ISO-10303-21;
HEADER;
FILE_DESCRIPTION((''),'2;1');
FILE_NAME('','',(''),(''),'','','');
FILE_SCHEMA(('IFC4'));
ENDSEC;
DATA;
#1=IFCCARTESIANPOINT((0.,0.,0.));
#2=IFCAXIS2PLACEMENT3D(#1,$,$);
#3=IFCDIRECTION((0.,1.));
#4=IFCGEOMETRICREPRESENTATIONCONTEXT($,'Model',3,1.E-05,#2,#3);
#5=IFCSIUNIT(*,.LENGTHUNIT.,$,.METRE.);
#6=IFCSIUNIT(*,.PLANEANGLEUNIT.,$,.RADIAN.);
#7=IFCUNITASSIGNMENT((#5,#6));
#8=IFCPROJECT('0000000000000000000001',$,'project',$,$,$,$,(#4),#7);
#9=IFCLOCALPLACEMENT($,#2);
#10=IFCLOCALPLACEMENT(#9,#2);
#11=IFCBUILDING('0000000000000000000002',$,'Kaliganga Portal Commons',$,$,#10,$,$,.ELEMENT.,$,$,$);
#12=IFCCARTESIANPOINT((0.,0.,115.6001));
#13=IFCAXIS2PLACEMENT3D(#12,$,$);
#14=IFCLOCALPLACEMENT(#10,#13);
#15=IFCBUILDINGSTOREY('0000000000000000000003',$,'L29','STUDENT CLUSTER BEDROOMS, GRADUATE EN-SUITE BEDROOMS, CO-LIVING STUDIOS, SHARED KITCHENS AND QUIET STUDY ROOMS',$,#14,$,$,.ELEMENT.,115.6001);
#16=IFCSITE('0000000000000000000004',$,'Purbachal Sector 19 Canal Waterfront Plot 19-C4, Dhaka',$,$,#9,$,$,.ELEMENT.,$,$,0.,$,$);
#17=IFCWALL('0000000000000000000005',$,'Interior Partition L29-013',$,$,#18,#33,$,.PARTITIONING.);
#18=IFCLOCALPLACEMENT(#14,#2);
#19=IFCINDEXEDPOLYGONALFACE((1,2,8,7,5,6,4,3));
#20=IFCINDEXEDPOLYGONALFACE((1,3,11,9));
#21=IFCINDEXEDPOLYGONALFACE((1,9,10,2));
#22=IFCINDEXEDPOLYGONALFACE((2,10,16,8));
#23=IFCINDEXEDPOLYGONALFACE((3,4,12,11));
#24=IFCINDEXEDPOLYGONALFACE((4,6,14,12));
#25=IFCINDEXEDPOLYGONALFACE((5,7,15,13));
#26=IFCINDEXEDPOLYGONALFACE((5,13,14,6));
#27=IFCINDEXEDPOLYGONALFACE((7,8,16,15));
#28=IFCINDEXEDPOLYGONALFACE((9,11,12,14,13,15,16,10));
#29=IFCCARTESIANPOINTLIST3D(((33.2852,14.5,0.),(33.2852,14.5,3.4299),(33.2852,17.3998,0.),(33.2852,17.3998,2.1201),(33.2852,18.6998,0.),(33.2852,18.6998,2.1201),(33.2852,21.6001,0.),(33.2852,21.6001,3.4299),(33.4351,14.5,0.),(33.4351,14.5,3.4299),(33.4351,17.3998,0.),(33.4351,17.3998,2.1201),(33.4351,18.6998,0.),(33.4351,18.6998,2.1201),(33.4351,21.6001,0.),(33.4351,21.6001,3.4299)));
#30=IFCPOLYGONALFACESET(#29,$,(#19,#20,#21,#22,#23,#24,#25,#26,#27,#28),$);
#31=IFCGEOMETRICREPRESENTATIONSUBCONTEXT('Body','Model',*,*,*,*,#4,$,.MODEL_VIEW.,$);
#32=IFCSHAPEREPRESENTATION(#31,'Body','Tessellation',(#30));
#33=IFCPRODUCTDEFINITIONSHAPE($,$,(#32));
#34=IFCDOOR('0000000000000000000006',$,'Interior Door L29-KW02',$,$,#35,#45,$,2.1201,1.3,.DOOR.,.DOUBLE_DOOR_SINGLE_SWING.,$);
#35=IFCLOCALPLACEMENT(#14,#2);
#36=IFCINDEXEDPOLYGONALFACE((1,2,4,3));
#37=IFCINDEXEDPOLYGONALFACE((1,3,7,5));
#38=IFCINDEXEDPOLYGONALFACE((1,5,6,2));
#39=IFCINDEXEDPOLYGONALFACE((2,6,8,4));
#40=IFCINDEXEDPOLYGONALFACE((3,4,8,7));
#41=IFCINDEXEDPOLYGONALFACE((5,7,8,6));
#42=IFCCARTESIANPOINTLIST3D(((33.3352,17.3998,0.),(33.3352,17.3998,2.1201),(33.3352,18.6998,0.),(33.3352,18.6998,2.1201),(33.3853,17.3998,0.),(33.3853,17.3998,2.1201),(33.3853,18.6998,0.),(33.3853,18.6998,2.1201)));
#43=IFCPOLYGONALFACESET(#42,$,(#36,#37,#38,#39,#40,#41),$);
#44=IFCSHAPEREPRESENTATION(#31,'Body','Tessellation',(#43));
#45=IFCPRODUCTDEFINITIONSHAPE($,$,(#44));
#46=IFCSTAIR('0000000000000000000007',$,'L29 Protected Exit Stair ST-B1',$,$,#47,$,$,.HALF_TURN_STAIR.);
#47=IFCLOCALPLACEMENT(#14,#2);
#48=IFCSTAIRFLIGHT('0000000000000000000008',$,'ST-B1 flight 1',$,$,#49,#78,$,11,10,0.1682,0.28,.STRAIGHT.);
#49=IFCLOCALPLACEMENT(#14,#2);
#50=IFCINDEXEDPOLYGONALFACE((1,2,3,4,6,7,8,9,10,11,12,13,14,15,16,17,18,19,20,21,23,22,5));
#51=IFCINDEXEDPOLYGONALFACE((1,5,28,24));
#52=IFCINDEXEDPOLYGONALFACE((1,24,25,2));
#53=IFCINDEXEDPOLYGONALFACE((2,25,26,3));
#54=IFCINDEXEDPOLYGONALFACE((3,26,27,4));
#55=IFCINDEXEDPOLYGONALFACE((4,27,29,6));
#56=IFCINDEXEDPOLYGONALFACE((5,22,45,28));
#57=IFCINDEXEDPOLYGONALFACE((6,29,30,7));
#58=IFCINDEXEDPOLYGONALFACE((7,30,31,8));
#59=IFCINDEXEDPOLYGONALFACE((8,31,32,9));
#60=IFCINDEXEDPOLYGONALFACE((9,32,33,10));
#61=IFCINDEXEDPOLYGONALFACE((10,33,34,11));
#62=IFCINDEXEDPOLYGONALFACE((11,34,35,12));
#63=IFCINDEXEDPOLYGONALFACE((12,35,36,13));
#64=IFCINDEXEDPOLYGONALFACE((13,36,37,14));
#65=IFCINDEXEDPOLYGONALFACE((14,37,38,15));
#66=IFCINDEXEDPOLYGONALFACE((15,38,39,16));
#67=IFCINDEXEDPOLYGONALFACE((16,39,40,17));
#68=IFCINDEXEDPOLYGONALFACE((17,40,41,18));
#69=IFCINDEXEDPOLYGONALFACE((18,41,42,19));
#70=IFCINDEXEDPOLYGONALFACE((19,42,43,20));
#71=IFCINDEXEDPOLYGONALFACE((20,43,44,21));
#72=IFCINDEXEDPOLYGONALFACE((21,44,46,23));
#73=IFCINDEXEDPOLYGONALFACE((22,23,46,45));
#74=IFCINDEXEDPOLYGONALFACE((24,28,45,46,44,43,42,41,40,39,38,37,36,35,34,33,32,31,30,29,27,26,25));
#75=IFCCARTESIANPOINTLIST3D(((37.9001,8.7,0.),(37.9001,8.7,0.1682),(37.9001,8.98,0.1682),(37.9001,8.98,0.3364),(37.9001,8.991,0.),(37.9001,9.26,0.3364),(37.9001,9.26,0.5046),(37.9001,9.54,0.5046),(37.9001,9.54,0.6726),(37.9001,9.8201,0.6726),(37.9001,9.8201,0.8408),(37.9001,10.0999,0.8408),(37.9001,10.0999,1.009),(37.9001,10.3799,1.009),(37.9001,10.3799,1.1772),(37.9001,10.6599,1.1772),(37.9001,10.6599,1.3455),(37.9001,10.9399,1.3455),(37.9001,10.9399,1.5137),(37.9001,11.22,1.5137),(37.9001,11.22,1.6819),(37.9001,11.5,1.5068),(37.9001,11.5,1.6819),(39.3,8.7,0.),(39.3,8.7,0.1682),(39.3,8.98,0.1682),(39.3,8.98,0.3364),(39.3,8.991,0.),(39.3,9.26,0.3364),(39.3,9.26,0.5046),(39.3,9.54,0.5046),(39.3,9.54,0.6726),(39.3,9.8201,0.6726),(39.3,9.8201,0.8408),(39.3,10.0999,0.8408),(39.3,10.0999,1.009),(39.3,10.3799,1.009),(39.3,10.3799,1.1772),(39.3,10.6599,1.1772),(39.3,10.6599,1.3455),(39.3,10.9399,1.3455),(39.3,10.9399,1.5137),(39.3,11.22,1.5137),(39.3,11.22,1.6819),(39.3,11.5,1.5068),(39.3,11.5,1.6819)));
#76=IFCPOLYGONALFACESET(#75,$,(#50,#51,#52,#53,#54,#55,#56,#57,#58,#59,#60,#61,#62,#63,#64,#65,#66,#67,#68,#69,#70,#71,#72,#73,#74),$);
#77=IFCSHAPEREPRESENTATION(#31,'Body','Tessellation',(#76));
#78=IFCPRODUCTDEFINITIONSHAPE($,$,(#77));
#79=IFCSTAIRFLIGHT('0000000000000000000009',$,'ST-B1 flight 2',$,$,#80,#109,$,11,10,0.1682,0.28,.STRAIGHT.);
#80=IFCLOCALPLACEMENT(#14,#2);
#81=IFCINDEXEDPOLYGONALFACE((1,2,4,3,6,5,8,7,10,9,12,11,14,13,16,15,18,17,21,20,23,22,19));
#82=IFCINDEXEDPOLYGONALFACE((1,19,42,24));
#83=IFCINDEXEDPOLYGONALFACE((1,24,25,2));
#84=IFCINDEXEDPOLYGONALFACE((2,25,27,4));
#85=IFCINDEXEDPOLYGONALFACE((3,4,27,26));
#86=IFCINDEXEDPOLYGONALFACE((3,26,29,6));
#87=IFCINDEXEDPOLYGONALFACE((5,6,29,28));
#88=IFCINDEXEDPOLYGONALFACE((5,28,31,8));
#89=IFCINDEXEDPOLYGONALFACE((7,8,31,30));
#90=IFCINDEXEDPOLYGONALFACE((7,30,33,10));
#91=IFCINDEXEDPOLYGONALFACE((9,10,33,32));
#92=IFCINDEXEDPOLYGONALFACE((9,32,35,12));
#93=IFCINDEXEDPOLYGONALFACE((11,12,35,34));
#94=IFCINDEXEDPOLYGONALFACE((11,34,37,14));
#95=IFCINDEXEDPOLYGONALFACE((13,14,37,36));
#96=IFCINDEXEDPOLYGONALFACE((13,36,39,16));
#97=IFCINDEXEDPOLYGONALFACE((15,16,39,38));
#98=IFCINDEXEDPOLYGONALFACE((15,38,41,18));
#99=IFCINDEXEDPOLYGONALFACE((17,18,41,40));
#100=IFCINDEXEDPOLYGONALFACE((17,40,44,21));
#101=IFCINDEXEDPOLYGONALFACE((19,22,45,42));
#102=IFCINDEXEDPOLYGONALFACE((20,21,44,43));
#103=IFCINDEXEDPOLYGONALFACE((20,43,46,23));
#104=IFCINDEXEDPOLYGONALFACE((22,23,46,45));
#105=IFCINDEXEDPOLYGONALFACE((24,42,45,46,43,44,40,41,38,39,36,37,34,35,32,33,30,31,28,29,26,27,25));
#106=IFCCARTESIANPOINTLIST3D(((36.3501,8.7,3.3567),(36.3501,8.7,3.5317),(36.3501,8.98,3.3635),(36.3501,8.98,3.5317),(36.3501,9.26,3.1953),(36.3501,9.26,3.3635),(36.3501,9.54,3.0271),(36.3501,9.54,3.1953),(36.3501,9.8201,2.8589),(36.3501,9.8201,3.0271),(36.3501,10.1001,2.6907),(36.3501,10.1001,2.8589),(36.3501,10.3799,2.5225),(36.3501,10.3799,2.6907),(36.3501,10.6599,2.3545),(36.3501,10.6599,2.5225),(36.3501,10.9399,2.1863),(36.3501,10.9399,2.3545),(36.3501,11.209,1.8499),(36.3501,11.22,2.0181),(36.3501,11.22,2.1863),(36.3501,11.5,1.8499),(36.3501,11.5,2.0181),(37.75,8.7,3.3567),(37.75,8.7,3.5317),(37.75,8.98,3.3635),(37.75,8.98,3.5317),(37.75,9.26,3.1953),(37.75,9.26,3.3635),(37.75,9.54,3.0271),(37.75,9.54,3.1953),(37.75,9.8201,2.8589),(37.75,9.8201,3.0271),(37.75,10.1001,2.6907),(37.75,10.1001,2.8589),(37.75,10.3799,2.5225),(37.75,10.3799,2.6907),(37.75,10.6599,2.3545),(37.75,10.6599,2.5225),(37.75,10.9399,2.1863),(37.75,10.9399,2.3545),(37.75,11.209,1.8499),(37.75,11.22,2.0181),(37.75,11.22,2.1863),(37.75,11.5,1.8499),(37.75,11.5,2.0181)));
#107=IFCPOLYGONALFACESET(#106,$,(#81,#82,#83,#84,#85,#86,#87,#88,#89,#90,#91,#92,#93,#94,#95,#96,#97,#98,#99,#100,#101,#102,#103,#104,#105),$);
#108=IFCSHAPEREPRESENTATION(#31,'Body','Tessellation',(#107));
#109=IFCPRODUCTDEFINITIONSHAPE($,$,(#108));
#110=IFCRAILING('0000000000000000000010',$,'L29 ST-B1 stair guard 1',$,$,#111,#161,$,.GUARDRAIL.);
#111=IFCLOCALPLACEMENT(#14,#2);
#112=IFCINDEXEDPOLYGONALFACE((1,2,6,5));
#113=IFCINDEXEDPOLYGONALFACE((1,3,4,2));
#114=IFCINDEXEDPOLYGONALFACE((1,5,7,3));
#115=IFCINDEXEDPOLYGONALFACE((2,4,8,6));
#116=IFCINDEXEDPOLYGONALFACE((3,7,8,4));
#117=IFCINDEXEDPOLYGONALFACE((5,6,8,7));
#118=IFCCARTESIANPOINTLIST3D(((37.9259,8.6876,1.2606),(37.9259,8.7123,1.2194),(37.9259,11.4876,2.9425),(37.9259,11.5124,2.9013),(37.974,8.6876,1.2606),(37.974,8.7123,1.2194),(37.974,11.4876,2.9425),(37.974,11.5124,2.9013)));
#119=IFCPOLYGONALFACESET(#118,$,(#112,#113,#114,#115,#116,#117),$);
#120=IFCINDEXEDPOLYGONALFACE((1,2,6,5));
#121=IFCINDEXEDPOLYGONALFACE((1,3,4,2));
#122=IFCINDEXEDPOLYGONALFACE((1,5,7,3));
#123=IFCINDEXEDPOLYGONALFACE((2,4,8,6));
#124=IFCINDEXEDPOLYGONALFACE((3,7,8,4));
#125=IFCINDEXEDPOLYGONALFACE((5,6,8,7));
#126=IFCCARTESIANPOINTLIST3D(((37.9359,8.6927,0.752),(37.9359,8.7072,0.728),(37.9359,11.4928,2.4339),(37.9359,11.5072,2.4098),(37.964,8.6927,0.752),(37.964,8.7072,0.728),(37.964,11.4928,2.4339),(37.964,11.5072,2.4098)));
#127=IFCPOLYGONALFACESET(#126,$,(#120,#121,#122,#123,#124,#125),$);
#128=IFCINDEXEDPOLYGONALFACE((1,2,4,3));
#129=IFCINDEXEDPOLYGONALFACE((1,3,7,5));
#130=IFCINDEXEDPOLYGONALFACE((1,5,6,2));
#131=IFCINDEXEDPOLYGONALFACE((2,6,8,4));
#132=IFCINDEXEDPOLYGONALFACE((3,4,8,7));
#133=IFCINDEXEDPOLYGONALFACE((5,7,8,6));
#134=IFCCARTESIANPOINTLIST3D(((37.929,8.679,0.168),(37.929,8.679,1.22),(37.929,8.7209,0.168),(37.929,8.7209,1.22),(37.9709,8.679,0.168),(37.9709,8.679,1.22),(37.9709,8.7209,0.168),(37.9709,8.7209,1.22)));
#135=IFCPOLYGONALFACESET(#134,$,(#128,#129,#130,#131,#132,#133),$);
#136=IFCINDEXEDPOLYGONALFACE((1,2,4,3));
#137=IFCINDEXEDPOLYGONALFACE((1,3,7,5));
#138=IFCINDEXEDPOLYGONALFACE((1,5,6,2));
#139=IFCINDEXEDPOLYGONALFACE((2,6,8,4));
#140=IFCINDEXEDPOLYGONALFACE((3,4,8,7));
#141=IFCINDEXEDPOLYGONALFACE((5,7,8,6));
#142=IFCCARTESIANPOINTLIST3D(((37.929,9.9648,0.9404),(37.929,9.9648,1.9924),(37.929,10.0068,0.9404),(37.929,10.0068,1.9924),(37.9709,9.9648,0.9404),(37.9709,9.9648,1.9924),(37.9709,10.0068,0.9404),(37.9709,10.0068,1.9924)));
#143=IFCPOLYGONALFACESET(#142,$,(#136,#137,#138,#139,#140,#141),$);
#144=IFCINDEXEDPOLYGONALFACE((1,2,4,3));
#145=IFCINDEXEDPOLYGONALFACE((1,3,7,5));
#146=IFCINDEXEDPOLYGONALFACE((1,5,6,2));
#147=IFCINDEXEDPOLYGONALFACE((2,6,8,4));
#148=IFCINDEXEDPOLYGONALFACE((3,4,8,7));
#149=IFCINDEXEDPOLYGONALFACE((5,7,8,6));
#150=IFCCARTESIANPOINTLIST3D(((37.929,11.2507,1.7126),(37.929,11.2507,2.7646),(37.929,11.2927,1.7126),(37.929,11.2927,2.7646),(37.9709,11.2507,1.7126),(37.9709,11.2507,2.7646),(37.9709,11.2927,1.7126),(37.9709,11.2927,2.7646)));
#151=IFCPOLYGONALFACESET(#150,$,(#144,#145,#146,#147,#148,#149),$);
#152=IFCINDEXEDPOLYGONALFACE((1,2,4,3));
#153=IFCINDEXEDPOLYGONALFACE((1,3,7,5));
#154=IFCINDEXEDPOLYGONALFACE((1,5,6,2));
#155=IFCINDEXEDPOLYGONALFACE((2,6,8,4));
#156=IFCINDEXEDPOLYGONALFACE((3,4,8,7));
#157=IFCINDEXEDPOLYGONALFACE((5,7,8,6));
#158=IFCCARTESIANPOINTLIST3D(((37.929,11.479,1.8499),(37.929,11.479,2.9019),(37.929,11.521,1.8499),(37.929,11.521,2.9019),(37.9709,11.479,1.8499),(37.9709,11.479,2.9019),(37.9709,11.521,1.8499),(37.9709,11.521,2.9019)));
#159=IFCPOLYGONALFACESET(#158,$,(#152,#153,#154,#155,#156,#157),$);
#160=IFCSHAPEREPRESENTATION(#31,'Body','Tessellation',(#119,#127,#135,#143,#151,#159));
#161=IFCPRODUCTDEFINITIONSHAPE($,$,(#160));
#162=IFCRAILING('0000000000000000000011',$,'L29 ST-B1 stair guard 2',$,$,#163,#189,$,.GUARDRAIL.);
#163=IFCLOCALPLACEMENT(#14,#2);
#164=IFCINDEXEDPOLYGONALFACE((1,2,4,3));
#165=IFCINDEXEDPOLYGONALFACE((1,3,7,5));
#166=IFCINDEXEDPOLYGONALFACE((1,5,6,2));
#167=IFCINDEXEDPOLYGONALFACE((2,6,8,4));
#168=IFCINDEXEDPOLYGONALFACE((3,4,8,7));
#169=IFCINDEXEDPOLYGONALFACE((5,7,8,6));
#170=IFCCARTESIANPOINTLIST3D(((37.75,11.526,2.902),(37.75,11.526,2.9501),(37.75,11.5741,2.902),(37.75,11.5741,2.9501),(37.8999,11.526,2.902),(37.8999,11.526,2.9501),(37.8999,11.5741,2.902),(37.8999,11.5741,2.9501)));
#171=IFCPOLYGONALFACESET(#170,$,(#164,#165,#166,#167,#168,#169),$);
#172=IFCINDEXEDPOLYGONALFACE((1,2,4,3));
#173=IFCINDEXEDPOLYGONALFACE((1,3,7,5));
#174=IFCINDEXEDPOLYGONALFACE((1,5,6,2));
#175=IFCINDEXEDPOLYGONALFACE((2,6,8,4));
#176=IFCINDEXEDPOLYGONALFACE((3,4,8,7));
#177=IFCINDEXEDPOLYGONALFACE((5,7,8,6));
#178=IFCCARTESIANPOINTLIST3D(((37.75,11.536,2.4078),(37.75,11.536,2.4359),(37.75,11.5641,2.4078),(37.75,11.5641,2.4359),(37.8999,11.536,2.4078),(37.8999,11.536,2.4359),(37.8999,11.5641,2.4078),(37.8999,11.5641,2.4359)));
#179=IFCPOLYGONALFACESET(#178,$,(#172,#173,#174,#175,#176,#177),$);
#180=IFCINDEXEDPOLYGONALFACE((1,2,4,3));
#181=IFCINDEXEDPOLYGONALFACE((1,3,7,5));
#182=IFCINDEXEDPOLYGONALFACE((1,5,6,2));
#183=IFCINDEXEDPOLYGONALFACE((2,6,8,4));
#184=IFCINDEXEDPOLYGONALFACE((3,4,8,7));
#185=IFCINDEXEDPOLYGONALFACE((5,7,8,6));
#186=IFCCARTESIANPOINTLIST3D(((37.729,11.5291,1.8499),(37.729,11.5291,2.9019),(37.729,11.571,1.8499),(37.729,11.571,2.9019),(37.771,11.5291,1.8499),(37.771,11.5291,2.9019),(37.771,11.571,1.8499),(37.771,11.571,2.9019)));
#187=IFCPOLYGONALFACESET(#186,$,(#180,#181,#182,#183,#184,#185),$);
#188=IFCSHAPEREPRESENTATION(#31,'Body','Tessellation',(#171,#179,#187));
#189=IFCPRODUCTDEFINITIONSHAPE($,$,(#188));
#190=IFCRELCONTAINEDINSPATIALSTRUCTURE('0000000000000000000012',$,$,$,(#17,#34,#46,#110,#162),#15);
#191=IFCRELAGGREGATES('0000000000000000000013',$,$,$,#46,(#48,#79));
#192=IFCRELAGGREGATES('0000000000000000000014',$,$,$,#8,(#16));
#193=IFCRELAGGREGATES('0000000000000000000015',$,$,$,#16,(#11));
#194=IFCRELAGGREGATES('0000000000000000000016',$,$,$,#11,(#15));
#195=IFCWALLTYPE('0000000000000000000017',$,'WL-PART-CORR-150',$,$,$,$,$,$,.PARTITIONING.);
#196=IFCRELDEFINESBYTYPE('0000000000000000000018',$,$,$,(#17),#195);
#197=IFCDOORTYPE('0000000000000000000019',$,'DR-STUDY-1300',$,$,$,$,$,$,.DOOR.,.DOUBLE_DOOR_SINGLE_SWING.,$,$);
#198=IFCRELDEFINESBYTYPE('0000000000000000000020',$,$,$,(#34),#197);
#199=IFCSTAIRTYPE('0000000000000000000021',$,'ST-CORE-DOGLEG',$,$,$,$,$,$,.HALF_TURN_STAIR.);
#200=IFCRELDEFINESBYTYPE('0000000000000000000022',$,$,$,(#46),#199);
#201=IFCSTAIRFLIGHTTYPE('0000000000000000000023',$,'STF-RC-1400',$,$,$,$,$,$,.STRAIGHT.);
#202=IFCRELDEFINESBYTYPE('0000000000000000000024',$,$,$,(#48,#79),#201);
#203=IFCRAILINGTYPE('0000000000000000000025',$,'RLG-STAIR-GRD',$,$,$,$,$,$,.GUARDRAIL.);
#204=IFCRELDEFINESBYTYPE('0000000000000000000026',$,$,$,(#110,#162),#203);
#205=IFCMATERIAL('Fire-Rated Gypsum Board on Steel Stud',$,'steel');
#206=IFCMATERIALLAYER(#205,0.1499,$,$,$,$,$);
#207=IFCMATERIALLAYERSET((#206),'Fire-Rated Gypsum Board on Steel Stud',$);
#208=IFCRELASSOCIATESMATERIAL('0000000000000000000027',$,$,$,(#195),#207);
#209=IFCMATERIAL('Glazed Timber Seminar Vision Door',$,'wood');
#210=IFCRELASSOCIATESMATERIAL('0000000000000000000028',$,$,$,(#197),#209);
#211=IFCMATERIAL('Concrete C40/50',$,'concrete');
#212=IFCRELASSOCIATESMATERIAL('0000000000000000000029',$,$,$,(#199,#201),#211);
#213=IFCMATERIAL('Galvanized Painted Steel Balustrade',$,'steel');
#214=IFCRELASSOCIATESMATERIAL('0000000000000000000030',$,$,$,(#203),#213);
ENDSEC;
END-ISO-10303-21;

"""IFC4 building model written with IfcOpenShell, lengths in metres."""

from ifc_helpers import new_model, si_unit, direction, frame, frame_2d, origin, origin_2d, place, context, subcontext, project, spatial, polyline, rectangle, outline, extrude, material, layer, layer_set, type_object, element, fill, aggregate, save


model = new_model("IFC4")

# Units and contexts
model_context = context("Model", 3, precision=1e-05, world=origin(), true_north=direction((0.0, 1.0)))
body_context = subcontext(model_context, "Body", "Model", "MODEL_VIEW")
ifc_project = project(units=[si_unit("LENGTHUNIT", "METRE"), si_unit("PLANEANGLEUNIT", "RADIAN")], contexts=[model_context])

# Site, building, storey
site_placement = place(None, origin())
site = spatial("IfcSite", under=ifc_project, at=site_placement, Name="Purbachal Sector 19 Canal Waterfront Plot 19-C4, Dhaka", CompositionType="ELEMENT", RefElevation=0.0)
building_placement = place(site_placement, origin())
building = spatial("IfcBuilding", under=site, at=building_placement, Name="Kaliganga Portal Commons", CompositionType="ELEMENT")
storey_placement = place(building_placement, frame((0.0, 0.0, 115.6001)))
storey = spatial("IfcBuildingStorey", under=building, at=storey_placement, Name="L29", Description="STUDENT CLUSTER BEDROOMS, GRADUATE EN-SUITE BEDROOMS, CO-LIVING STUDIOS, SHARED KITCHENS AND QUIET STUDY ROOMS", CompositionType="ELEMENT", Elevation=115.6001)

# Shared definitions
ifc_material_1 = material(Name="Fire-Rated Gypsum Board on Steel Stud", Category="steel")
ifc_layer_1 = layer(ifc_material_1, 0.1499)
ifc_layer_set_1 = layer_set([ifc_layer_1], Name="Fire-Rated Gypsum Board on Steel Stud")
wall_type_1 = type_object("IfcWallType", Name="WL-PART-CORR-150", PredefinedType="PARTITIONING", material=ifc_layer_set_1)
ifc_material_2 = material(Name="Glazed Timber Seminar Vision Door", Category="wood")
door_type = type_object("IfcDoorType", Name="DR-STUDY-1300", OperationType="DOUBLE_DOOR_SINGLE_SWING", PredefinedType="DOOR", material=ifc_material_2)

# Wall, opening, door
wall_1_placement = place(storey_placement, frame((33.3601, 14.5, 0.0), z_axis=(0.0, 0.0, 1.0), x_axis=(0.0, 1.0, 0.0)))
wall_1 = element("IfcWall", 1, at=wall_1_placement, inside=storey, type_object=wall_type_1, Name="Interior Partition L29-013", PredefinedType="PARTITIONING", context=body_context, shape_type="SweptSolid", body=[
    extrude(rectangle(XDim=7.1001, YDim=0.1499, at=frame_2d((3.55, 0.0))), origin(), (0.0, 0.0, 1.0), 3.4299),
])
opening_1_placement = place(wall_1_placement, frame((2.8999, 0.0, 0.0)))
opening_1 = element("IfcOpeningElement", 2, at=opening_1_placement, cuts=wall_1, PredefinedType="OPENING", context=body_context, shape_type="SweptSolid", body=[
    extrude(rectangle(XDim=1.3, YDim=2.1201, at=frame_2d((0.6499, 1.0601))), frame((0.0, 0.085, 0.0), z_axis=(0.0, -1.0, 0.0), x_axis=(1.0, 0.0, 0.0)), (0.0, 0.0, 1.0), 0.1699),
])
door_1_placement = place(opening_1_placement, origin())
door_1 = element("IfcDoor", 3, at=door_1_placement, inside=storey, type_object=door_type, Name="Interior Door L29-KW02", OperationType="DOUBLE_DOOR_SINGLE_SWING", OverallHeight=2.1201, OverallWidth=1.3, PredefinedType="DOOR", context=body_context, shape_type="SweptSolid", body=[
    extrude(rectangle(XDim=1.3, YDim=2.1201, at=frame_2d((0.6499, 1.0601))), frame((0.0, 0.0249, 0.0), z_axis=(0.0, -1.0, 0.0), x_axis=(1.0, 0.0, 0.0)), (0.0, 0.0, 1.0), 0.05),
])
fill(opening_1, door_1)

# Stair, stair flights
ifc_material_3 = material(Name="Concrete C40/50", Category="concrete")
stair_type = type_object("IfcStairType", Name="ST-CORE-DOGLEG", PredefinedType="HALF_TURN_STAIR", material=ifc_material_3)
stair_placement = place(storey_placement, origin())
stair = element("IfcStair", 4, at=stair_placement, inside=storey, type_object=stair_type, Name="L29 Protected Exit Stair ST-B1", PredefinedType="HALF_TURN_STAIR")
stair_flight_type = type_object("IfcStairFlightType", Name="STF-RC-1400", PredefinedType="STRAIGHT", material=ifc_material_3)
stair_flight_1_placement = place(storey_placement, frame((38.6001, 8.7, 0.0), z_axis=(0.0, 0.0, 1.0), x_axis=(0.0, 1.0, 0.0)))
stair_flight_1 = element("IfcStairFlight", 5, at=stair_flight_1_placement, type_object=stair_flight_type, Name="ST-B1 flight 1", NumberOfRisers=11, NumberOfTreads=10, PredefinedType="STRAIGHT", RiserHeight=0.1682, TreadLength=0.28, context=body_context, shape_type="SweptSolid", body=[
    extrude(outline(polyline([(0.0, 0.0), (0.0, 0.1682), (0.28, 0.1682), (0.28, 0.3364), (0.5601, 0.3364), (0.5601, 0.5046), (0.8401, 0.5046), (0.8401, 0.6726), (1.1201, 0.6726), (1.1201, 0.8408), (1.3999, 0.8408), (1.3999, 1.009), (1.6799, 1.009), (1.6799, 1.1772), (1.96, 1.1772), (1.96, 1.3455), (2.24, 1.3455), (2.24, 1.5137), (2.52, 1.5137), (2.52, 1.6819), (2.8, 1.6819), (2.8, 1.8501), (2.8, 1.5068), (0.291, 0.0), (0.0, 0.0)])), frame((0.0, 0.7, 0.0), z_axis=(0.0, -1.0, 0.0), x_axis=(1.0, 0.0, 0.0)), (0.0, 0.0, 1.0), 1.3999),
])
stair_flight_2_placement = place(storey_placement, frame((37.05, 11.5, 1.8499), z_axis=(0.0, 0.0, 1.0), x_axis=(0.0, -1.0, 0.0)))
stair_flight_2 = element("IfcStairFlight", 6, at=stair_flight_2_placement, type_object=stair_flight_type, Name="ST-B1 flight 2", NumberOfRisers=11, NumberOfTreads=10, PredefinedType="STRAIGHT", RiserHeight=0.1682, TreadLength=0.28, context=body_context, shape_type="SweptSolid", body=[
    extrude(outline(polyline([(0.0, 0.0), (0.0, 0.1682), (0.28, 0.1682), (0.28, 0.3364), (0.5601, 0.3364), (0.5601, 0.5046), (0.8401, 0.5046), (0.8401, 0.6726), (1.1201, 0.6726), (1.1201, 0.8408), (1.3999, 0.8408), (1.3999, 1.009), (1.6799, 1.009), (1.6799, 1.1772), (1.96, 1.1772), (1.96, 1.3455), (2.24, 1.3455), (2.24, 1.5137), (2.52, 1.5137), (2.52, 1.6819), (2.8, 1.6819), (2.8, 1.8501), (2.8, 1.5068), (0.291, 0.0), (0.0, 0.0)])), frame((0.0, 0.7, 0.0), z_axis=(0.0, -1.0, 0.0), x_axis=(1.0, 0.0, 0.0)), (0.0, 0.0, 1.0), 1.3999),
])
aggregate(stair, [stair_flight_1, stair_flight_2])

# Railings
ifc_material_4 = material(Name="Galvanized Painted Steel Balustrade", Category="steel")
railing_type_1 = type_object("IfcRailingType", Name="RLG-STAIR-GRD", PredefinedType="GUARDRAIL", material=ifc_material_4)
railing_1_placement = place(storey_placement, frame((37.95, 8.7, 0.168)))
element("IfcRailing", 7, at=railing_1_placement, inside=storey, type_object=railing_type_1, Name="L29 ST-B1 stair guard 1", PredefinedType="GUARDRAIL", context=body_context, shape_type="SweptSolid", body=[
    extrude(rectangle(XDim=0.0481, YDim=0.0481, at=origin_2d()), frame((0.0, 0.0, 1.072), z_axis=(0.0, 0.857242, 0.514913), x_axis=(-1.0, 0.0, 0.0)), (0.0, 0.0, 1.0), 3.2664),
    extrude(rectangle(XDim=0.0281, YDim=0.0281, at=origin_2d()), frame((0.0, 0.0, 0.572), z_axis=(0.0, 0.857242, 0.514913), x_axis=(-1.0, 0.0, 0.0)), (0.0, 0.0, 1.0), 3.2664),
    extrude(rectangle(XDim=0.042, YDim=0.042, at=origin_2d()), origin(), (0.0, 0.0, 1.0), 1.052),
    extrude(rectangle(XDim=0.042, YDim=0.042, at=origin_2d()), frame((0.0, 1.2859, 0.7725)), (0.0, 0.0, 1.0), 1.052),
    extrude(rectangle(XDim=0.042, YDim=0.042, at=origin_2d()), frame((0.0, 2.5718, 1.5447)), (0.0, 0.0, 1.0), 1.052),
    extrude(rectangle(XDim=0.042, YDim=0.042, at=origin_2d()), frame((0.0, 2.8, 1.6819)), (0.0, 0.0, 1.0), 1.052),
])
railing_2_placement = place(storey_placement, frame((37.8999, 11.55, 1.8499)))
element("IfcRailing", 8, at=railing_2_placement, inside=storey, type_object=railing_type_1, Name="L29 ST-B1 stair guard 2", PredefinedType="GUARDRAIL", context=body_context, shape_type="SweptSolid", body=[
    extrude(rectangle(XDim=0.0481, YDim=0.0481, at=origin_2d()), frame((0.0, 0.0, 1.0762), z_axis=(-1.0, 0.0, 0.0), x_axis=(0.0, -1.0, 0.0)), (0.0, 0.0, 1.0), 0.1499),
    extrude(rectangle(XDim=0.0281, YDim=0.0281, at=origin_2d()), frame((0.0, 0.0, 0.572), z_axis=(-1.0, 0.0, 0.0), x_axis=(0.0, -1.0, 0.0)), (0.0, 0.0, 1.0), 0.1499),
    extrude(rectangle(XDim=0.042, YDim=0.042, at=origin_2d()), frame((-0.1499, 0.0, 0.0)), (0.0, 0.0, 1.0), 1.052),
])

save(model, "model.ifc")
